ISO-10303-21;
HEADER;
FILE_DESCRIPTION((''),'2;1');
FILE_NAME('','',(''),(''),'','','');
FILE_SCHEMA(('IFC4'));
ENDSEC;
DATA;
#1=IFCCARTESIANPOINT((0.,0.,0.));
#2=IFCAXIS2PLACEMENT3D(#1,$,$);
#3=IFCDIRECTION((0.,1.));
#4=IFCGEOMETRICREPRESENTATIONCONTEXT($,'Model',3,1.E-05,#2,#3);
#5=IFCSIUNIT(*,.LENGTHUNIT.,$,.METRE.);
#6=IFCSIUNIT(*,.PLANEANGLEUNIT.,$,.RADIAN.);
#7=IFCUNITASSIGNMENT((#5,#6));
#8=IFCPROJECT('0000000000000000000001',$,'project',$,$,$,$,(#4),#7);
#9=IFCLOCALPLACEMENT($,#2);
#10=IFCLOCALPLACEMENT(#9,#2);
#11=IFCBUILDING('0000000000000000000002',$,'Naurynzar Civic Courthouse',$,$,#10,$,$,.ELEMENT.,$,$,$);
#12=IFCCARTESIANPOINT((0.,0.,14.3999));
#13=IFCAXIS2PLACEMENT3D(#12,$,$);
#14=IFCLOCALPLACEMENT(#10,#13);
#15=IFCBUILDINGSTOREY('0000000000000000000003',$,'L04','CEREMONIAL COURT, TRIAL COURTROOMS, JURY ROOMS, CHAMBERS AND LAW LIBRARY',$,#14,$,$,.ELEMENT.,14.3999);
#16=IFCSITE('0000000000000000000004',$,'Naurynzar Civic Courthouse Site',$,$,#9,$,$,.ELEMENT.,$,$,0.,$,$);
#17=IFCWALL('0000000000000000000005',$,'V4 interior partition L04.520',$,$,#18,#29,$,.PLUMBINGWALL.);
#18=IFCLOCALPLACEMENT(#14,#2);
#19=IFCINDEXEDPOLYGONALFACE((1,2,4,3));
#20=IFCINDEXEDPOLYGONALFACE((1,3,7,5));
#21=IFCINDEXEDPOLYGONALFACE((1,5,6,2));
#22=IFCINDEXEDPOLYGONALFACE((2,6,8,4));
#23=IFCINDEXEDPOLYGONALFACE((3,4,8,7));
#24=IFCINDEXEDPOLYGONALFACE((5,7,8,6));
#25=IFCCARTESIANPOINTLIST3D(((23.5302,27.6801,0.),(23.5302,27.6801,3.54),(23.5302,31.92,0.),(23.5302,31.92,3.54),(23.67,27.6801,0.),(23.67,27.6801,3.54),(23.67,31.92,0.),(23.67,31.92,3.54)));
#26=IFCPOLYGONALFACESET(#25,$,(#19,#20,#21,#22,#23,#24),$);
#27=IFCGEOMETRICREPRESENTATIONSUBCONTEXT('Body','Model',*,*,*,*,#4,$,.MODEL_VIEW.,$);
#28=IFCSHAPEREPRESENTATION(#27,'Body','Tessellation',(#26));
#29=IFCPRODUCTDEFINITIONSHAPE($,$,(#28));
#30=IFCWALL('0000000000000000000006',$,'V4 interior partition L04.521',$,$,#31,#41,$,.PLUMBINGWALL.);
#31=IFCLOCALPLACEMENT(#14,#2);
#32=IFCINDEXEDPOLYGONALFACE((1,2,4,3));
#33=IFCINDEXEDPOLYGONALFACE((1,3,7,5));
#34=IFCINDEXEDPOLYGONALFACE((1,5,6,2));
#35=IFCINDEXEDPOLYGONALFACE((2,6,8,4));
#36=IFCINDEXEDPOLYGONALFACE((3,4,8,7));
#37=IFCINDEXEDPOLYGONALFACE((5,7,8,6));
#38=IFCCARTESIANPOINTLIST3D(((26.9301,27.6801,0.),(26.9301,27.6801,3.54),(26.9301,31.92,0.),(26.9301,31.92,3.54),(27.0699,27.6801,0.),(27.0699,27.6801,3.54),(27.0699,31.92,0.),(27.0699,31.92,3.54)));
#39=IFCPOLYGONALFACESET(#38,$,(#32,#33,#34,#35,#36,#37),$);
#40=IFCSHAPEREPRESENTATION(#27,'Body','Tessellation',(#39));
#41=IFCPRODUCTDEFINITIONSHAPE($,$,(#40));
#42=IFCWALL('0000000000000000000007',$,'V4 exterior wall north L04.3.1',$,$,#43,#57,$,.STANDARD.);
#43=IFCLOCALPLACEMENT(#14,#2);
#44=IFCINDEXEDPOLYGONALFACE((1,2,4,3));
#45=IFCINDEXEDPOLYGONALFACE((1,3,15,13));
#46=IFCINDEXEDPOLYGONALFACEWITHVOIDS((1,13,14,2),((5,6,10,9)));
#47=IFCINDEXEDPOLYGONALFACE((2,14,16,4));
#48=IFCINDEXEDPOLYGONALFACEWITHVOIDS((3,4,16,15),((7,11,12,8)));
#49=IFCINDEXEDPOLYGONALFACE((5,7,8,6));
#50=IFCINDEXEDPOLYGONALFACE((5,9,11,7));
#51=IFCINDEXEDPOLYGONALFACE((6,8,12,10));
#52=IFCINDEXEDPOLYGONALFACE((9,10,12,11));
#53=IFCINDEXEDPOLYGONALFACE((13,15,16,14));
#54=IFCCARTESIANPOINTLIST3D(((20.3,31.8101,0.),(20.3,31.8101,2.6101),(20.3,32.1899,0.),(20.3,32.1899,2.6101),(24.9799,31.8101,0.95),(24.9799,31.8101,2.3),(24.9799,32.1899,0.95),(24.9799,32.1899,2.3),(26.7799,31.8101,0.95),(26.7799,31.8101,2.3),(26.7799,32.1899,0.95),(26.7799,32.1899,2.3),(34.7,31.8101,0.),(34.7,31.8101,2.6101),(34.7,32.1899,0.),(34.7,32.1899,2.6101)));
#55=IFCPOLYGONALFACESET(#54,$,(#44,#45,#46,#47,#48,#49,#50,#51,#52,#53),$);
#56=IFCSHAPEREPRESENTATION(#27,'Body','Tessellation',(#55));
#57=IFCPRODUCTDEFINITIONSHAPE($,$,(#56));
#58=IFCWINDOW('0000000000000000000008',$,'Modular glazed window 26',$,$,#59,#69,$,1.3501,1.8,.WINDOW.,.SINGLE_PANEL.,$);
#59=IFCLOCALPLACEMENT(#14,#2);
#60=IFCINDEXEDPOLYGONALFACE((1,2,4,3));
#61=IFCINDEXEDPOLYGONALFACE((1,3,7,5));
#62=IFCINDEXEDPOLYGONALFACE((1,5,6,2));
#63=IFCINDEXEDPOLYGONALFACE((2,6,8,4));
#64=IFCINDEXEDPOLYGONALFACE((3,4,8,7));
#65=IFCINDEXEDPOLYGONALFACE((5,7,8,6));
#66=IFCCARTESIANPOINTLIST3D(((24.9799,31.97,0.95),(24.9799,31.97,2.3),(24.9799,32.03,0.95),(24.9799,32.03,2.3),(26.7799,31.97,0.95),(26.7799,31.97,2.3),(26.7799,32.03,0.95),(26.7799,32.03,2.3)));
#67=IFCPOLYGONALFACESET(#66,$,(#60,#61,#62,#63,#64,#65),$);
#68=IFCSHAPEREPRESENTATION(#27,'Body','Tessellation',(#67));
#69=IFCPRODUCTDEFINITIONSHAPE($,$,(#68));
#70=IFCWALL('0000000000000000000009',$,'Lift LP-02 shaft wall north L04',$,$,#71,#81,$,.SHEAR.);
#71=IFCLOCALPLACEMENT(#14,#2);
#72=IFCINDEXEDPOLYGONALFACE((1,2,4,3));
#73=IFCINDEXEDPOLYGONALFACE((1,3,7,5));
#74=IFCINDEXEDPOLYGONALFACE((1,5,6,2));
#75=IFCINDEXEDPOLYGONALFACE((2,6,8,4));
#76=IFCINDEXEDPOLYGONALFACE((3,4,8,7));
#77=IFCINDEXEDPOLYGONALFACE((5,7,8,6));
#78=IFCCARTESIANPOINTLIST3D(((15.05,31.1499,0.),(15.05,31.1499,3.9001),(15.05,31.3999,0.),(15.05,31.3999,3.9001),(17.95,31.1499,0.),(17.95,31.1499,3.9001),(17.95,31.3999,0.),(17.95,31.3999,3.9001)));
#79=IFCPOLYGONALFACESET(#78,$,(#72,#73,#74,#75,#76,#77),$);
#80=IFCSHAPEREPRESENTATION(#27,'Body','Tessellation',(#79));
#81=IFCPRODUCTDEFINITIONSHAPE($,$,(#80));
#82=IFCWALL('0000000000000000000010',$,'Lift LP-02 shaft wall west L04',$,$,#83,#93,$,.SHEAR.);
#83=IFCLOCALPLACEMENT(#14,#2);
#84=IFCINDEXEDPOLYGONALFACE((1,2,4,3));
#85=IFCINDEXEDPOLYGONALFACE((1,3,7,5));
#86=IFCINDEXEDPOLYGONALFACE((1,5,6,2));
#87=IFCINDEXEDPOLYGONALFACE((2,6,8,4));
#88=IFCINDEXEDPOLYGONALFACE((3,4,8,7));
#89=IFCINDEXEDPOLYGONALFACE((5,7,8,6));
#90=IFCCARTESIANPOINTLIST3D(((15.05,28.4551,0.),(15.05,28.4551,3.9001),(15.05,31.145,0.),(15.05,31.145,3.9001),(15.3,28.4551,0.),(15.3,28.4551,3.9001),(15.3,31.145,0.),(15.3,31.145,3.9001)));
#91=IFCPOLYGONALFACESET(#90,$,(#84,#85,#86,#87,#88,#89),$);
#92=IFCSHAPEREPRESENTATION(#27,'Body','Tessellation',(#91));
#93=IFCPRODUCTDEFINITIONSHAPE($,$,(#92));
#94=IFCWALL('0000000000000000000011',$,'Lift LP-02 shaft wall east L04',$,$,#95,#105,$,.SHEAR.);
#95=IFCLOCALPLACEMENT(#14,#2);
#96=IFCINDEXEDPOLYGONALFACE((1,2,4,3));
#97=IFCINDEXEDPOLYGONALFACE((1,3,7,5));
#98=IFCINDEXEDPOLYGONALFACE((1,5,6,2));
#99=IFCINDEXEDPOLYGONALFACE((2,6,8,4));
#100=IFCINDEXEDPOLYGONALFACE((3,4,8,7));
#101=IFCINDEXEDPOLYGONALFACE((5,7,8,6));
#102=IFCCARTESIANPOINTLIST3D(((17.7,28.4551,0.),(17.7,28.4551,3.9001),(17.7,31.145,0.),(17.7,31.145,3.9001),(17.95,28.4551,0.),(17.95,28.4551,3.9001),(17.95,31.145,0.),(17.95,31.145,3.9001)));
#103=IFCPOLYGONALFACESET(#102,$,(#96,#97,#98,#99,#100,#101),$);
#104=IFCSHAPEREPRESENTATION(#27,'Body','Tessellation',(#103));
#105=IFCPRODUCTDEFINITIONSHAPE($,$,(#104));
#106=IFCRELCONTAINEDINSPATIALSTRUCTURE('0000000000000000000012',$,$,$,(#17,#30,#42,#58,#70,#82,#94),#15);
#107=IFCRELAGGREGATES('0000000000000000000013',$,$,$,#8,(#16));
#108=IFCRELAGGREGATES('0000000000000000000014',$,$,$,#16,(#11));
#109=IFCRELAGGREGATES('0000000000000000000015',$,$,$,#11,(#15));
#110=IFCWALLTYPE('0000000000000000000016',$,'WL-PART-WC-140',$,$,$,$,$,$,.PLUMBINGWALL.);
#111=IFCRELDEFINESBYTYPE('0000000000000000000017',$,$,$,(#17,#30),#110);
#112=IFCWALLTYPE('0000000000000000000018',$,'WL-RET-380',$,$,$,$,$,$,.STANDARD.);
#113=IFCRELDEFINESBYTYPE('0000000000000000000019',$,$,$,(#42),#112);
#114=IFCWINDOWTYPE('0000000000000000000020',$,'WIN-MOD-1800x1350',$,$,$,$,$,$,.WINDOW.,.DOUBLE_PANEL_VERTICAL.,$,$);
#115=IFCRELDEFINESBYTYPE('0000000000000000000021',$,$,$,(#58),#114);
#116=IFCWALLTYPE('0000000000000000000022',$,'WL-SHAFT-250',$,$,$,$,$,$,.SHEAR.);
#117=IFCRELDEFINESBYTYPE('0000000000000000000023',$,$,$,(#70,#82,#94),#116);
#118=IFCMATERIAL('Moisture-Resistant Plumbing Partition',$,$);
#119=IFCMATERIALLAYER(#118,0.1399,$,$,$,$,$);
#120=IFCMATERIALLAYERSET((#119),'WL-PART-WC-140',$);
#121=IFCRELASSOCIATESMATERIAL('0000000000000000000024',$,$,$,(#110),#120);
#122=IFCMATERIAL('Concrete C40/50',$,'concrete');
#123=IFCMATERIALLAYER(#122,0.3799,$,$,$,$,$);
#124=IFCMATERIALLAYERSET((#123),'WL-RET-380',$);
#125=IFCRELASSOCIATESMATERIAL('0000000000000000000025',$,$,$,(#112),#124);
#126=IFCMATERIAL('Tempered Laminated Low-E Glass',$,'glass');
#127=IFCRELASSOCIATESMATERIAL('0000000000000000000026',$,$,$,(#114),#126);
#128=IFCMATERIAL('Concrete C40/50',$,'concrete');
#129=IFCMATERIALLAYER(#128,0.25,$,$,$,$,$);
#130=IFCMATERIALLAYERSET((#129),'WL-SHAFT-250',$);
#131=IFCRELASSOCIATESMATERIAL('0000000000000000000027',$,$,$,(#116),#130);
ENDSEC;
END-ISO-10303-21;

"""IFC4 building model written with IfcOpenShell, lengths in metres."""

from ifc_helpers import new_model, si_unit, direction, frame, frame_2d, origin, place, context, subcontext, project, spatial, rectangle, extrude, material, layer, layer_set, type_object, element, fill, save


model = new_model("IFC4")

# Units and contexts
model_context = context("Model", 3, precision=1e-05, world=origin(), true_north=direction((0.0, 1.0)))
body_context = subcontext(model_context, "Body", "Model", "MODEL_VIEW")
ifc_project = project(units=[si_unit("LENGTHUNIT", "METRE"), si_unit("PLANEANGLEUNIT", "RADIAN")], contexts=[model_context])

# Site, building, storey
site_placement = place(None, origin())
site = spatial("IfcSite", under=ifc_project, at=site_placement, Name="Naurynzar Civic Courthouse Site", CompositionType="ELEMENT", RefElevation=0.0)
building_placement = place(site_placement, origin())
building = spatial("IfcBuilding", under=site, at=building_placement, Name="Naurynzar Civic Courthouse", CompositionType="ELEMENT")
storey_placement = place(building_placement, frame((0.0, 0.0, 14.3999)))
storey = spatial("IfcBuildingStorey", under=building, at=storey_placement, Name="L04", Description="CEREMONIAL COURT, TRIAL COURTROOMS, JURY ROOMS, CHAMBERS AND LAW LIBRARY", CompositionType="ELEMENT", Elevation=14.3999)

# Shared definitions
ifc_material_1 = material(Name="Moisture-Resistant Plumbing Partition")
ifc_layer_1 = layer(ifc_material_1, 0.1399)
ifc_layer_set_1 = layer_set([ifc_layer_1], Name="WL-PART-WC-140")
wall_type_1 = type_object("IfcWallType", Name="WL-PART-WC-140", PredefinedType="PLUMBINGWALL", material=ifc_layer_set_1)

# Walls
for number, where, z_axis, x_axis, name in (
    (1, (23.6001, 27.6799, 0.0), (0.0, 0.0, 1.0), (0.0, 1.0, 0.0), "V4 interior partition L04.520"),
    (2, (27.0, 27.6799, 0.0), (0.0, 0.0, 1.0), (0.0, 1.0, 0.0), "V4 interior partition L04.521"),
):
    element("IfcWall", number, at=place(storey_placement, frame(where, z_axis=z_axis, x_axis=x_axis)), inside=storey, type_object=wall_type_1, Name=name, PredefinedType="PLUMBINGWALL", context=body_context, shape_type="SweptSolid", body=[
        extrude(rectangle(XDim=4.24, YDim=0.1399, at=frame_2d((2.1201, 0.0))), origin(), (0.0, 0.0, 1.0), 3.54),
    ])

# Wall, opening, window
ifc_material_2 = material(Name="Concrete C40/50", Category="concrete")
ifc_layer_2 = layer(ifc_material_2, 0.3799)
ifc_layer_set_2 = layer_set([ifc_layer_2], Name="WL-RET-380")
wall_type_2 = type_object("IfcWallType", Name="WL-RET-380", PredefinedType="STANDARD", material=ifc_layer_set_2)
wall_1_placement = place(storey_placement, frame((20.3, 32.0, 0.0), z_axis=(0.0, 0.0, 1.0), x_axis=(1.0, 0.0, 0.0)))
wall_1 = element("IfcWall", 3, at=wall_1_placement, inside=storey, type_object=wall_type_2, Name="V4 exterior wall north L04.3.1", PredefinedType="STANDARD", context=body_context, shape_type="SweptSolid", body=[
    extrude(rectangle(XDim=14.3999, YDim=0.3799, at=frame_2d((7.2, 0.0))), origin(), (0.0, 0.0, 1.0), 2.6101),
])
opening_1_placement = place(wall_1_placement, frame((4.6799, 0.0, 0.95)))
opening_1 = element("IfcOpeningElement", 4, at=opening_1_placement, cuts=wall_1, PredefinedType="OPENING", context=body_context, shape_type="SweptSolid", body=[
    extrude(rectangle(XDim=1.8, YDim=1.3501, at=frame_2d((0.8999, 0.675))), frame((0.0, 0.2, 0.0), z_axis=(0.0, -1.0, 0.0), x_axis=(1.0, 0.0, 0.0)), (0.0, 0.0, 1.0), 0.3999),
])
ifc_material_3 = material(Name="Tempered Laminated Low-E Glass", Category="glass")
window_type_1 = type_object("IfcWindowType", Name="WIN-MOD-1800x1350", PartitioningType="DOUBLE_PANEL_VERTICAL", PredefinedType="WINDOW", material=ifc_material_3)
window_1_placement = place(opening_1_placement, origin())
window_1 = element("IfcWindow", 5, at=window_1_placement, inside=storey, type_object=window_type_1, Name="Modular glazed window 26", OverallHeight=1.3501, OverallWidth=1.8, PartitioningType="SINGLE_PANEL", PredefinedType="WINDOW", context=body_context, shape_type="SweptSolid", body=[
    extrude(rectangle(XDim=1.8, YDim=1.3501, at=frame_2d((0.8999, 0.675))), frame((0.0, 0.03, 0.0), z_axis=(0.0, -1.0, 0.0), x_axis=(1.0, 0.0, 0.0)), (0.0, 0.0, 1.0), 0.0601),
])
fill(opening_1, window_1)

# Shared definitions
ifc_material_4 = material(Name="Concrete C40/50", Category="concrete")
ifc_layer_3 = layer(ifc_material_4, 0.25)
ifc_layer_set_3 = layer_set([ifc_layer_3], Name="WL-SHAFT-250")
wall_type_3 = type_object("IfcWallType", Name="WL-SHAFT-250", PredefinedType="SHEAR", material=ifc_layer_set_3)

# Walls
wall_2_placement = place(storey_placement, frame((17.95, 31.2749, 0.0), z_axis=(0.0, 0.0, 1.0), x_axis=(-1.0, 0.0, 0.0)))
element("IfcWall", 6, at=wall_2_placement, inside=storey, type_object=wall_type_3, Name="Lift LP-02 shaft wall north L04", PredefinedType="SHEAR", context=body_context, shape_type="SweptSolid", body=[
    extrude(rectangle(XDim=2.8999, YDim=0.25, at=frame_2d((1.45, 0.0))), origin(), (0.0, 0.0, 1.0), 3.9001),
])
for number, where, z_axis, x_axis, name in (
    (7, (15.175, 31.145, 0.0), (0.0, 0.0, 1.0), (0.0, -1.0, 0.0), "Lift LP-02 shaft wall west L04"),
    (8, (17.825, 28.4551, 0.0), (0.0, 0.0, 1.0), (0.0, 1.0, 0.0), "Lift LP-02 shaft wall east L04"),
):
    element("IfcWall", number, at=place(storey_placement, frame(where, z_axis=z_axis, x_axis=x_axis)), inside=storey, type_object=wall_type_3, Name=name, PredefinedType="SHEAR", context=body_context, shape_type="SweptSolid", body=[
        extrude(rectangle(XDim=2.6899, YDim=0.25, at=frame_2d((1.345, 0.0))), origin(), (0.0, 0.0, 1.0), 3.9001),
    ])

save(model, "model.ifc")
